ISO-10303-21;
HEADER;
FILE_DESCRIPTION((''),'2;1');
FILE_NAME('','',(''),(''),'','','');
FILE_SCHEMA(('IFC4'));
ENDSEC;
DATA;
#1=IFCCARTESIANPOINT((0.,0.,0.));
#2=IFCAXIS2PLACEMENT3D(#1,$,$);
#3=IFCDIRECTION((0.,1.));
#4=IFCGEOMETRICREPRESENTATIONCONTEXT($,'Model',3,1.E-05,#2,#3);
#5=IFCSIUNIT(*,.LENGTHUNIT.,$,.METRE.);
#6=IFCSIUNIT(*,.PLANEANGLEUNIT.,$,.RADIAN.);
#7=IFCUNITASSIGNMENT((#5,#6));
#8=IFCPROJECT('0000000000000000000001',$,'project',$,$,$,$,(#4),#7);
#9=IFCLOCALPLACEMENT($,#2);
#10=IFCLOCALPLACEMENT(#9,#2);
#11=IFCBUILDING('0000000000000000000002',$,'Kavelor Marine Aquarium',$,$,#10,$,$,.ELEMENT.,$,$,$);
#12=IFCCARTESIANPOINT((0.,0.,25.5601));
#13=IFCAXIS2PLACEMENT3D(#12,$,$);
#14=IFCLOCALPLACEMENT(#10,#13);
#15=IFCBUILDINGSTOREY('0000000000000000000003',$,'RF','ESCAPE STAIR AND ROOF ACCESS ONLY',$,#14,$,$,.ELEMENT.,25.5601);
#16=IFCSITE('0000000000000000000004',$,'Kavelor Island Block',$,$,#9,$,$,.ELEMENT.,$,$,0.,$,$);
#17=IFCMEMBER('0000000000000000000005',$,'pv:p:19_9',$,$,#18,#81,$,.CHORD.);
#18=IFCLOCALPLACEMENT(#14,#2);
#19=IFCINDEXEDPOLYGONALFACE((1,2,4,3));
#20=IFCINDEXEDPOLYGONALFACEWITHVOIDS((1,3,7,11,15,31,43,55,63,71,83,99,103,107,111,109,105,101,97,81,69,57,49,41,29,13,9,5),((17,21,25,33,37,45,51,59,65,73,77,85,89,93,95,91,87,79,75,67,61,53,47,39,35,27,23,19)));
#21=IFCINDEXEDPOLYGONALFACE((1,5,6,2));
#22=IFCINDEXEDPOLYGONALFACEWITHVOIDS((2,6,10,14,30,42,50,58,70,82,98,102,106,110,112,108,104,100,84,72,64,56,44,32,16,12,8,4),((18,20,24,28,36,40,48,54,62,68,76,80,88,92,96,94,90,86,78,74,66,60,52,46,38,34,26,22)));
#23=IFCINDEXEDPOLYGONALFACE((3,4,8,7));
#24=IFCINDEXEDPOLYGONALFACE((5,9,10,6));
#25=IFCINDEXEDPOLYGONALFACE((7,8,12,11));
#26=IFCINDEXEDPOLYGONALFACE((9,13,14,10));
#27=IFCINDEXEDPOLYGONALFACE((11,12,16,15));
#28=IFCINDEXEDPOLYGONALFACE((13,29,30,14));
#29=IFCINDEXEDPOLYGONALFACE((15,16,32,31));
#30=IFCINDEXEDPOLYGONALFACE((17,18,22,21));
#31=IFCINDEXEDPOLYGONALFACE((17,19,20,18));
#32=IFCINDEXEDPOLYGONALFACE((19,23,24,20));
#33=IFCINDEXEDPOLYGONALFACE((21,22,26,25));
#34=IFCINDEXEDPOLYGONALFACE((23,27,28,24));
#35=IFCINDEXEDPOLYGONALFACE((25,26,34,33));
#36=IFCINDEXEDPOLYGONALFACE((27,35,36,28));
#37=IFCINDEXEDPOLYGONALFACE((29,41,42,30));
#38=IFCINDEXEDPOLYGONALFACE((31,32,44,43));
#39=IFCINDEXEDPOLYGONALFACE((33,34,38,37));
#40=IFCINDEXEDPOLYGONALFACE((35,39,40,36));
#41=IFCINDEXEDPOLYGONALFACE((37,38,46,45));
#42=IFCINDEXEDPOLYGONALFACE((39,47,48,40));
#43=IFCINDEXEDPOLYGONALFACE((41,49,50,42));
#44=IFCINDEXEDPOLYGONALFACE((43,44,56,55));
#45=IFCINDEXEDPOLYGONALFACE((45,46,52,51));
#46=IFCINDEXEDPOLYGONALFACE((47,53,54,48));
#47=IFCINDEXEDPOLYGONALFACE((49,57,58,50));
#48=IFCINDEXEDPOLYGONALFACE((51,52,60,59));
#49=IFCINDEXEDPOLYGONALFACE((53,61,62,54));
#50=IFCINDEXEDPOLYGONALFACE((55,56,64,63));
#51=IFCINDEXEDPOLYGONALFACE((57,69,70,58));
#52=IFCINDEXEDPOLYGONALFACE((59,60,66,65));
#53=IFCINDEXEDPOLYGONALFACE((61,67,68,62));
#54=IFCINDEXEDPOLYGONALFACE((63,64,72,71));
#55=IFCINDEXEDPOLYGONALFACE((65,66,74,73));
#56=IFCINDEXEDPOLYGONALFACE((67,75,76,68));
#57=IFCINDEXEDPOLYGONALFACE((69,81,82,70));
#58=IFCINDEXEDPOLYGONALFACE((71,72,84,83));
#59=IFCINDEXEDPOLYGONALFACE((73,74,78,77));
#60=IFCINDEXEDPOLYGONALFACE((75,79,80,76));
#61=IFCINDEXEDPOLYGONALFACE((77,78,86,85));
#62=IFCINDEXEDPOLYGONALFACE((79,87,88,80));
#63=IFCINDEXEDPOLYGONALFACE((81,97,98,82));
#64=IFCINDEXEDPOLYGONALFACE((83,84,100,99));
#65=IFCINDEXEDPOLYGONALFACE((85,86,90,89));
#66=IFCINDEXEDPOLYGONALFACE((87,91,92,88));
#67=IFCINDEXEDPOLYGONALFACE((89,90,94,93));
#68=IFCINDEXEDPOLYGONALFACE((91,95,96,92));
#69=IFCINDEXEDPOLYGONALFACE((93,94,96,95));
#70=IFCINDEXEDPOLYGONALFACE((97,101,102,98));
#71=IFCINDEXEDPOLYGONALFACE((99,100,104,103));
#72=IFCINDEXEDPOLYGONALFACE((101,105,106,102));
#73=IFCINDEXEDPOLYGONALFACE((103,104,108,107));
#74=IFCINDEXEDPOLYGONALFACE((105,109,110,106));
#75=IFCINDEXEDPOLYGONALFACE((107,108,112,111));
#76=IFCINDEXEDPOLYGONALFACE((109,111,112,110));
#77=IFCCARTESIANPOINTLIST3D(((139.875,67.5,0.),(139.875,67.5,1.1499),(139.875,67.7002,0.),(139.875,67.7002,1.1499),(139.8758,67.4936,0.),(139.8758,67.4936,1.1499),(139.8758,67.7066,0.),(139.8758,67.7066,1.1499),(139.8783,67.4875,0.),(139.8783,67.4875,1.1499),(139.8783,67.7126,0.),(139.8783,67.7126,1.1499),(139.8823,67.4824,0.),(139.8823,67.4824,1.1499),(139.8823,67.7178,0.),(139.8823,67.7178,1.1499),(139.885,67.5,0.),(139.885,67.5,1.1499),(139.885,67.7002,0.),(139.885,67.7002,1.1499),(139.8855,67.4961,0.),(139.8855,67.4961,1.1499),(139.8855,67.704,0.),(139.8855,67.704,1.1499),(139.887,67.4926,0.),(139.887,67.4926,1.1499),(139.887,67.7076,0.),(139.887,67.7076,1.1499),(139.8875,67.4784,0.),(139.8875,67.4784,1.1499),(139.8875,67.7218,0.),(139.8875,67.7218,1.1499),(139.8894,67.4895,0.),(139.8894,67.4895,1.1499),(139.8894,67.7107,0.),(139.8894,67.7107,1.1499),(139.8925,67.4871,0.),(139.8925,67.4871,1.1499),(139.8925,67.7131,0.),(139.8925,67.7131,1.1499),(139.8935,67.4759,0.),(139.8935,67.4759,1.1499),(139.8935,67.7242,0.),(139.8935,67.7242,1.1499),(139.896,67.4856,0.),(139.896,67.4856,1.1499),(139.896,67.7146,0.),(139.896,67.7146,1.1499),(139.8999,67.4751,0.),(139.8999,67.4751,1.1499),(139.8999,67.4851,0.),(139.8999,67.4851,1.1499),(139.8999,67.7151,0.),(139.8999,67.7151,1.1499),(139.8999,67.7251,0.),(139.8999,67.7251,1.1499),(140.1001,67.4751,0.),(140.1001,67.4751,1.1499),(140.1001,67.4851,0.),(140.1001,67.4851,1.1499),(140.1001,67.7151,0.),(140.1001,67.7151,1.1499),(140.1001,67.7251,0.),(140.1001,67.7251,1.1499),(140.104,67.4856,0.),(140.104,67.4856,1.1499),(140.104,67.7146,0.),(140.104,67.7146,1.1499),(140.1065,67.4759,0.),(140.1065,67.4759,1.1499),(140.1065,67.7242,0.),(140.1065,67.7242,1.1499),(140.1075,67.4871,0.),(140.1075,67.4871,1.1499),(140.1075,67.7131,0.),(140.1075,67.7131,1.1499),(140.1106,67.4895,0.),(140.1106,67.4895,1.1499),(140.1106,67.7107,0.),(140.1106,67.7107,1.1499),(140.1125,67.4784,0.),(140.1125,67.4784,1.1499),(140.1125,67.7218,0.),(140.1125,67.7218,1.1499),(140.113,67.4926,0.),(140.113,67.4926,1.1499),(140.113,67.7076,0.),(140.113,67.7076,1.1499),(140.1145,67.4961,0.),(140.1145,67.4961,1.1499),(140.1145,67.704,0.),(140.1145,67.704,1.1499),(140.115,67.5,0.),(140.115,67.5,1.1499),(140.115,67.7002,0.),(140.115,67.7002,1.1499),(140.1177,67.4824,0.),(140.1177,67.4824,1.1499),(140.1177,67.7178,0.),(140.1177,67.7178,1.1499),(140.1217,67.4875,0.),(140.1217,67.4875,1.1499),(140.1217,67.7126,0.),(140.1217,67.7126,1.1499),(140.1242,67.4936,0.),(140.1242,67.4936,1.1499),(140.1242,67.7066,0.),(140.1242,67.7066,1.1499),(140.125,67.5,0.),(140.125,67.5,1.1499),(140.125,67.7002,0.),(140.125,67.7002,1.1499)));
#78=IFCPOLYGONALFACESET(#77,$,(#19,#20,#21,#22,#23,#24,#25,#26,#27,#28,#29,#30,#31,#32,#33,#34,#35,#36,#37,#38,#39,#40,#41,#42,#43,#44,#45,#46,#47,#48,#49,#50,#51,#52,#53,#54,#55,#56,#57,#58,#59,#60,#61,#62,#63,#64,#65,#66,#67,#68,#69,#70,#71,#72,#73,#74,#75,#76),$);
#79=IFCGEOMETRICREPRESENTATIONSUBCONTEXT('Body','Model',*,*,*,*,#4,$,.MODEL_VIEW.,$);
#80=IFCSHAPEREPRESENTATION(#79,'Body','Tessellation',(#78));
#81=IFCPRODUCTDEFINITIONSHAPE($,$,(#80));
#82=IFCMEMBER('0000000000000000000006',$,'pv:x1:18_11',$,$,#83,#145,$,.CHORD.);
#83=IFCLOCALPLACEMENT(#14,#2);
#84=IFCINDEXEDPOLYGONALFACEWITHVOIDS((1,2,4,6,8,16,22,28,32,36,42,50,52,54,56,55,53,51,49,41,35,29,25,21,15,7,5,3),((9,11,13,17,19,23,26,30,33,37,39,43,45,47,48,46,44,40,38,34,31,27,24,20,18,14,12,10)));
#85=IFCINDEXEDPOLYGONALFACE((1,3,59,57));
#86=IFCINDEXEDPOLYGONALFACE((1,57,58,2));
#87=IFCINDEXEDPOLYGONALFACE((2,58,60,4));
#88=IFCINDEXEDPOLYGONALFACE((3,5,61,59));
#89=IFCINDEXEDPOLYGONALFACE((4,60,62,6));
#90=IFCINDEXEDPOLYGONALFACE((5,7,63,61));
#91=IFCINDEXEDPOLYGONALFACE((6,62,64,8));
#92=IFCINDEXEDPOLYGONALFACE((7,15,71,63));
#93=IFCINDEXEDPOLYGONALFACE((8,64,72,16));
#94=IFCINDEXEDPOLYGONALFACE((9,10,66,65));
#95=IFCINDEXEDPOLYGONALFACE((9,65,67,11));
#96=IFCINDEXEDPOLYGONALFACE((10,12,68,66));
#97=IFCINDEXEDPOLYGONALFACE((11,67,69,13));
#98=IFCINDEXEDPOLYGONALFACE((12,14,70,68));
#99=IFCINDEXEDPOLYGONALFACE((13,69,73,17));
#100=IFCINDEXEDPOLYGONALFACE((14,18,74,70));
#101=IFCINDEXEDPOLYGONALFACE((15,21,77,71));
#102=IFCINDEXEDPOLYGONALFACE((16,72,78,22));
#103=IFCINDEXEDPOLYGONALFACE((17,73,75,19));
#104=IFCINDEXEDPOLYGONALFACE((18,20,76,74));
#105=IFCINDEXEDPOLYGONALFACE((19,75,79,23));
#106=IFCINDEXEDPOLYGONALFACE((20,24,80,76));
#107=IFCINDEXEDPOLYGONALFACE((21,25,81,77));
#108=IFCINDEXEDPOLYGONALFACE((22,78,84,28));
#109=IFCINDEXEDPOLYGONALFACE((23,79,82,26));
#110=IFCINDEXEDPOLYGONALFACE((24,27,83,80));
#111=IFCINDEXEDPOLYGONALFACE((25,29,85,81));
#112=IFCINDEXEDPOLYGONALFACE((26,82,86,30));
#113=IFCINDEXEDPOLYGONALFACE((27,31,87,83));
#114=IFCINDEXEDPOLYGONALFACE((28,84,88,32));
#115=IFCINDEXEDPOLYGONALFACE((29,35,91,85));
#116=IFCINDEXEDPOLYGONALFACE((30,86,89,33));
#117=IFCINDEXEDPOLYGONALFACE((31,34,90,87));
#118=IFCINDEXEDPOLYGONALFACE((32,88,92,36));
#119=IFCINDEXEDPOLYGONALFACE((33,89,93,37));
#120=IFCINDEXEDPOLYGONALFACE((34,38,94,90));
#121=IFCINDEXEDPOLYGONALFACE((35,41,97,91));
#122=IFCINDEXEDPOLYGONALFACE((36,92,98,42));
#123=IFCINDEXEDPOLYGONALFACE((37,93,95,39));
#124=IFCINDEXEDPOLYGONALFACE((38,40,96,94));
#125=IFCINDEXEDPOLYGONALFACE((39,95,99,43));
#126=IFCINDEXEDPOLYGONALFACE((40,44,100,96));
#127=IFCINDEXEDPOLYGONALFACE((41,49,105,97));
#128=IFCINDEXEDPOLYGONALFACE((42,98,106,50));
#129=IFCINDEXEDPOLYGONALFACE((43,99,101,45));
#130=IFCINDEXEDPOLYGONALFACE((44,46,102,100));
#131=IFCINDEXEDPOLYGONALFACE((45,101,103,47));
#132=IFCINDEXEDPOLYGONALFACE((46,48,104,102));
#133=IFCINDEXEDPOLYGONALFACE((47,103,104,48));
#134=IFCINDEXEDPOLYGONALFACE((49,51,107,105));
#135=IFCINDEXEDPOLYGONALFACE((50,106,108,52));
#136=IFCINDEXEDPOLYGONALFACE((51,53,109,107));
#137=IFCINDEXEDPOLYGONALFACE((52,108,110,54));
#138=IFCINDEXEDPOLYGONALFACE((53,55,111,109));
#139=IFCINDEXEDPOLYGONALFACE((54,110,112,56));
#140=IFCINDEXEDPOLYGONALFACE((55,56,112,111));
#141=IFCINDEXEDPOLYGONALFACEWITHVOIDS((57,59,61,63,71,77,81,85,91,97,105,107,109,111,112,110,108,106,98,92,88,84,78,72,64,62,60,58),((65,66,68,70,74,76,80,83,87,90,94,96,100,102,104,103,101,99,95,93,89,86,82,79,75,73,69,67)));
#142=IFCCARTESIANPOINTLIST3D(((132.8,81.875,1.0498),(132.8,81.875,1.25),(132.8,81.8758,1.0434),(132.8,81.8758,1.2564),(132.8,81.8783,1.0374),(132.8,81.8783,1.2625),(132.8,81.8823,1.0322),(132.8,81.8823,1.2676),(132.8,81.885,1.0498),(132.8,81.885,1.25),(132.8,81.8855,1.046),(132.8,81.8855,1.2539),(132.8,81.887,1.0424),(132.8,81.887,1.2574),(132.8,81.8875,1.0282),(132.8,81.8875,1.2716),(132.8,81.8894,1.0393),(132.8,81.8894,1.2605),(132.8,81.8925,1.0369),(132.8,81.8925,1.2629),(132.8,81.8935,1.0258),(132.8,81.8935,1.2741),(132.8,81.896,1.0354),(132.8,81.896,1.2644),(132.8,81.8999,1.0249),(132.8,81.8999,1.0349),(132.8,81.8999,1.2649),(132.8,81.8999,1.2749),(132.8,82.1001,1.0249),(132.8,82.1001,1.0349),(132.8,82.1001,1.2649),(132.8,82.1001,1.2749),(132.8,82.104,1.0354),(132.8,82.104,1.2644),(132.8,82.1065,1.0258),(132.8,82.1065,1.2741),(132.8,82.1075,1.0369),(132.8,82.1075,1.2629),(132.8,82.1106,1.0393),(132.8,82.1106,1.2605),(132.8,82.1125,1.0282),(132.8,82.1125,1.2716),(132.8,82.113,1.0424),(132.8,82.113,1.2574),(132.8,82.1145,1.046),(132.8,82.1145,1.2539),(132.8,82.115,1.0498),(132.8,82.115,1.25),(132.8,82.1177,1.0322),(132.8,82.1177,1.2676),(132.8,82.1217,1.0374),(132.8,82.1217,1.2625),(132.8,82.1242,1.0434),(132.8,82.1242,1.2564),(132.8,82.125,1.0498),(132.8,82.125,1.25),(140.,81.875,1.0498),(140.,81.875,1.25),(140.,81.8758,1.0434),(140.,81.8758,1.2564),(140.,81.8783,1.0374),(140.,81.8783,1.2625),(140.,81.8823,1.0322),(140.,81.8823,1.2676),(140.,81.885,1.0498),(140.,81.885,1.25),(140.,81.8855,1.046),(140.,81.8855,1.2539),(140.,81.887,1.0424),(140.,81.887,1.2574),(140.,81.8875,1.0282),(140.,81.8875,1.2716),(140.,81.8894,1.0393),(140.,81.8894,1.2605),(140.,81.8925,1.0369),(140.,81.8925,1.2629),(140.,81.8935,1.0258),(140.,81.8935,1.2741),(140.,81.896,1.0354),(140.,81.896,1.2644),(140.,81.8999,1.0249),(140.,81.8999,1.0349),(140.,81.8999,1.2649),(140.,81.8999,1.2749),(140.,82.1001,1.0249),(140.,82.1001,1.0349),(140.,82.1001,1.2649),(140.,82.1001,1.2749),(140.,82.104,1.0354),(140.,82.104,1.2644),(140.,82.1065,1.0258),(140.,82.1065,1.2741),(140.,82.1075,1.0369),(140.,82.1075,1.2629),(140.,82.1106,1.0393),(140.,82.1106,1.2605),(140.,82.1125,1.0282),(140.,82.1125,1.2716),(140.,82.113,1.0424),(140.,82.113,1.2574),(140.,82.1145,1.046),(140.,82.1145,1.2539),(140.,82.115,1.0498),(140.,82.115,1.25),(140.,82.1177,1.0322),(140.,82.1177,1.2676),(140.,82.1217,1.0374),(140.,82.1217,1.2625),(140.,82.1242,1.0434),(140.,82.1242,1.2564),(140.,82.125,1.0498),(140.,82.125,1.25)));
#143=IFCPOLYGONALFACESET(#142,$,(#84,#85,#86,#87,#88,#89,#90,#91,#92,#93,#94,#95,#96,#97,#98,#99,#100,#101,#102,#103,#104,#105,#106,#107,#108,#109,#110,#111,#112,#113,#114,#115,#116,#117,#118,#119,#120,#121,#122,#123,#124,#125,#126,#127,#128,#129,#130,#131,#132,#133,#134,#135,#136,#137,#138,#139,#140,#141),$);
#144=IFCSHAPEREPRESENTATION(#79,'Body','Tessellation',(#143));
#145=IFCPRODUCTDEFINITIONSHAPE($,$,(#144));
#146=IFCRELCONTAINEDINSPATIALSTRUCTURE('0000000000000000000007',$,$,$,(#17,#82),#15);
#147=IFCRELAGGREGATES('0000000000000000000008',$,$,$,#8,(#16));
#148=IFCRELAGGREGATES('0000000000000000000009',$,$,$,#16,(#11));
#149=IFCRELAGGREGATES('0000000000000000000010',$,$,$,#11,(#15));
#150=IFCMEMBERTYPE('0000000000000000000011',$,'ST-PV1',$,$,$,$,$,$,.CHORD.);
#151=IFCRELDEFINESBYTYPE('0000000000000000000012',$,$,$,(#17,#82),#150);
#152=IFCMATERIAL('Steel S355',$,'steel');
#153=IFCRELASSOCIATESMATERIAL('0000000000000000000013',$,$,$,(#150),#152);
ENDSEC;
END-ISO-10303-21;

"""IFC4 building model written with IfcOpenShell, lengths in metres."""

from ifc_helpers import new_model, si_unit, direction, frame, origin, origin_2d, place, context, subcontext, project, spatial, hollow_rectangle, extrude, material, material_profile, profile_set, type_object, element, save


model = new_model("IFC4")

# Units and contexts
model_context = context("Model", 3, precision=1e-05, world=origin(), true_north=direction((0.0, 1.0)))
body_context = subcontext(model_context, "Body", "Model", "MODEL_VIEW")
ifc_project = project(units=[si_unit("LENGTHUNIT", "METRE"), si_unit("PLANEANGLEUNIT", "RADIAN")], contexts=[model_context])

# Site, building, storey
site_placement = place(None, origin())
site = spatial("IfcSite", under=ifc_project, at=site_placement, Name="Kavelor Island Block", CompositionType="ELEMENT", RefElevation=0.0)
building_placement = place(site_placement, origin())
building = spatial("IfcBuilding", under=site, at=building_placement, Name="Kavelor Marine Aquarium", CompositionType="ELEMENT")
storey_placement = place(building_placement, frame((0.0, 0.0, 25.5601)))
storey = spatial("IfcBuildingStorey", under=building, at=storey_placement, Name="RF", Description="ESCAPE STAIR AND ROOF ACCESS ONLY", CompositionType="ELEMENT", Elevation=25.5601)

# Members
ifc_material_1 = material(Name="Steel S355", Category="steel")
ifc_material_profile_1 = material_profile(ifc_material_1, hollow_rectangle(XDim=0.25, YDim=0.25, WallThickness=0.01, InnerFilletRadius=0.0149, OuterFilletRadius=0.0249, at=origin_2d()), Name="SHS 250x250x10.0")
ifc_profile_set_1 = profile_set([ifc_material_profile_1], Name="Steel S355")
member_type_1 = type_object("IfcMemberType", Name="ST-PV1", PredefinedType="CHORD", material=ifc_profile_set_1)
member_1_placement = place(storey_placement, frame((140.0, 67.6001, 0.0), z_axis=(0.0, 0.0, 1.0), x_axis=(1.0, 0.0, 0.0)))
element("IfcMember", 1, at=member_1_placement, inside=storey, type_object=member_type_1, Name="pv:p:19_9", PredefinedType="CHORD", context=body_context, shape_type="SweptSolid", body=[
    extrude(hollow_rectangle(XDim=0.25, YDim=0.25, WallThickness=0.01, InnerFilletRadius=0.0149, OuterFilletRadius=0.0249, at=origin_2d()), origin(), (0.0, 0.0, 1.0), 1.1499),
])
member_2_placement = place(storey_placement, frame((132.8, 82.0, 1.1499), z_axis=(1.0, 0.0, 0.0), x_axis=(0.0, 1.0, 0.0)))
element("IfcMember", 2, at=member_2_placement, inside=storey, type_object=member_type_1, Name="pv:x1:18_11", PredefinedType="CHORD", context=body_context, shape_type="SweptSolid", body=[
    extrude(hollow_rectangle(XDim=0.25, YDim=0.25, WallThickness=0.01, InnerFilletRadius=0.0149, OuterFilletRadius=0.0249, at=origin_2d()), origin(), (0.0, 0.0, 1.0), 7.2),
])

save(model, "model.ifc")
